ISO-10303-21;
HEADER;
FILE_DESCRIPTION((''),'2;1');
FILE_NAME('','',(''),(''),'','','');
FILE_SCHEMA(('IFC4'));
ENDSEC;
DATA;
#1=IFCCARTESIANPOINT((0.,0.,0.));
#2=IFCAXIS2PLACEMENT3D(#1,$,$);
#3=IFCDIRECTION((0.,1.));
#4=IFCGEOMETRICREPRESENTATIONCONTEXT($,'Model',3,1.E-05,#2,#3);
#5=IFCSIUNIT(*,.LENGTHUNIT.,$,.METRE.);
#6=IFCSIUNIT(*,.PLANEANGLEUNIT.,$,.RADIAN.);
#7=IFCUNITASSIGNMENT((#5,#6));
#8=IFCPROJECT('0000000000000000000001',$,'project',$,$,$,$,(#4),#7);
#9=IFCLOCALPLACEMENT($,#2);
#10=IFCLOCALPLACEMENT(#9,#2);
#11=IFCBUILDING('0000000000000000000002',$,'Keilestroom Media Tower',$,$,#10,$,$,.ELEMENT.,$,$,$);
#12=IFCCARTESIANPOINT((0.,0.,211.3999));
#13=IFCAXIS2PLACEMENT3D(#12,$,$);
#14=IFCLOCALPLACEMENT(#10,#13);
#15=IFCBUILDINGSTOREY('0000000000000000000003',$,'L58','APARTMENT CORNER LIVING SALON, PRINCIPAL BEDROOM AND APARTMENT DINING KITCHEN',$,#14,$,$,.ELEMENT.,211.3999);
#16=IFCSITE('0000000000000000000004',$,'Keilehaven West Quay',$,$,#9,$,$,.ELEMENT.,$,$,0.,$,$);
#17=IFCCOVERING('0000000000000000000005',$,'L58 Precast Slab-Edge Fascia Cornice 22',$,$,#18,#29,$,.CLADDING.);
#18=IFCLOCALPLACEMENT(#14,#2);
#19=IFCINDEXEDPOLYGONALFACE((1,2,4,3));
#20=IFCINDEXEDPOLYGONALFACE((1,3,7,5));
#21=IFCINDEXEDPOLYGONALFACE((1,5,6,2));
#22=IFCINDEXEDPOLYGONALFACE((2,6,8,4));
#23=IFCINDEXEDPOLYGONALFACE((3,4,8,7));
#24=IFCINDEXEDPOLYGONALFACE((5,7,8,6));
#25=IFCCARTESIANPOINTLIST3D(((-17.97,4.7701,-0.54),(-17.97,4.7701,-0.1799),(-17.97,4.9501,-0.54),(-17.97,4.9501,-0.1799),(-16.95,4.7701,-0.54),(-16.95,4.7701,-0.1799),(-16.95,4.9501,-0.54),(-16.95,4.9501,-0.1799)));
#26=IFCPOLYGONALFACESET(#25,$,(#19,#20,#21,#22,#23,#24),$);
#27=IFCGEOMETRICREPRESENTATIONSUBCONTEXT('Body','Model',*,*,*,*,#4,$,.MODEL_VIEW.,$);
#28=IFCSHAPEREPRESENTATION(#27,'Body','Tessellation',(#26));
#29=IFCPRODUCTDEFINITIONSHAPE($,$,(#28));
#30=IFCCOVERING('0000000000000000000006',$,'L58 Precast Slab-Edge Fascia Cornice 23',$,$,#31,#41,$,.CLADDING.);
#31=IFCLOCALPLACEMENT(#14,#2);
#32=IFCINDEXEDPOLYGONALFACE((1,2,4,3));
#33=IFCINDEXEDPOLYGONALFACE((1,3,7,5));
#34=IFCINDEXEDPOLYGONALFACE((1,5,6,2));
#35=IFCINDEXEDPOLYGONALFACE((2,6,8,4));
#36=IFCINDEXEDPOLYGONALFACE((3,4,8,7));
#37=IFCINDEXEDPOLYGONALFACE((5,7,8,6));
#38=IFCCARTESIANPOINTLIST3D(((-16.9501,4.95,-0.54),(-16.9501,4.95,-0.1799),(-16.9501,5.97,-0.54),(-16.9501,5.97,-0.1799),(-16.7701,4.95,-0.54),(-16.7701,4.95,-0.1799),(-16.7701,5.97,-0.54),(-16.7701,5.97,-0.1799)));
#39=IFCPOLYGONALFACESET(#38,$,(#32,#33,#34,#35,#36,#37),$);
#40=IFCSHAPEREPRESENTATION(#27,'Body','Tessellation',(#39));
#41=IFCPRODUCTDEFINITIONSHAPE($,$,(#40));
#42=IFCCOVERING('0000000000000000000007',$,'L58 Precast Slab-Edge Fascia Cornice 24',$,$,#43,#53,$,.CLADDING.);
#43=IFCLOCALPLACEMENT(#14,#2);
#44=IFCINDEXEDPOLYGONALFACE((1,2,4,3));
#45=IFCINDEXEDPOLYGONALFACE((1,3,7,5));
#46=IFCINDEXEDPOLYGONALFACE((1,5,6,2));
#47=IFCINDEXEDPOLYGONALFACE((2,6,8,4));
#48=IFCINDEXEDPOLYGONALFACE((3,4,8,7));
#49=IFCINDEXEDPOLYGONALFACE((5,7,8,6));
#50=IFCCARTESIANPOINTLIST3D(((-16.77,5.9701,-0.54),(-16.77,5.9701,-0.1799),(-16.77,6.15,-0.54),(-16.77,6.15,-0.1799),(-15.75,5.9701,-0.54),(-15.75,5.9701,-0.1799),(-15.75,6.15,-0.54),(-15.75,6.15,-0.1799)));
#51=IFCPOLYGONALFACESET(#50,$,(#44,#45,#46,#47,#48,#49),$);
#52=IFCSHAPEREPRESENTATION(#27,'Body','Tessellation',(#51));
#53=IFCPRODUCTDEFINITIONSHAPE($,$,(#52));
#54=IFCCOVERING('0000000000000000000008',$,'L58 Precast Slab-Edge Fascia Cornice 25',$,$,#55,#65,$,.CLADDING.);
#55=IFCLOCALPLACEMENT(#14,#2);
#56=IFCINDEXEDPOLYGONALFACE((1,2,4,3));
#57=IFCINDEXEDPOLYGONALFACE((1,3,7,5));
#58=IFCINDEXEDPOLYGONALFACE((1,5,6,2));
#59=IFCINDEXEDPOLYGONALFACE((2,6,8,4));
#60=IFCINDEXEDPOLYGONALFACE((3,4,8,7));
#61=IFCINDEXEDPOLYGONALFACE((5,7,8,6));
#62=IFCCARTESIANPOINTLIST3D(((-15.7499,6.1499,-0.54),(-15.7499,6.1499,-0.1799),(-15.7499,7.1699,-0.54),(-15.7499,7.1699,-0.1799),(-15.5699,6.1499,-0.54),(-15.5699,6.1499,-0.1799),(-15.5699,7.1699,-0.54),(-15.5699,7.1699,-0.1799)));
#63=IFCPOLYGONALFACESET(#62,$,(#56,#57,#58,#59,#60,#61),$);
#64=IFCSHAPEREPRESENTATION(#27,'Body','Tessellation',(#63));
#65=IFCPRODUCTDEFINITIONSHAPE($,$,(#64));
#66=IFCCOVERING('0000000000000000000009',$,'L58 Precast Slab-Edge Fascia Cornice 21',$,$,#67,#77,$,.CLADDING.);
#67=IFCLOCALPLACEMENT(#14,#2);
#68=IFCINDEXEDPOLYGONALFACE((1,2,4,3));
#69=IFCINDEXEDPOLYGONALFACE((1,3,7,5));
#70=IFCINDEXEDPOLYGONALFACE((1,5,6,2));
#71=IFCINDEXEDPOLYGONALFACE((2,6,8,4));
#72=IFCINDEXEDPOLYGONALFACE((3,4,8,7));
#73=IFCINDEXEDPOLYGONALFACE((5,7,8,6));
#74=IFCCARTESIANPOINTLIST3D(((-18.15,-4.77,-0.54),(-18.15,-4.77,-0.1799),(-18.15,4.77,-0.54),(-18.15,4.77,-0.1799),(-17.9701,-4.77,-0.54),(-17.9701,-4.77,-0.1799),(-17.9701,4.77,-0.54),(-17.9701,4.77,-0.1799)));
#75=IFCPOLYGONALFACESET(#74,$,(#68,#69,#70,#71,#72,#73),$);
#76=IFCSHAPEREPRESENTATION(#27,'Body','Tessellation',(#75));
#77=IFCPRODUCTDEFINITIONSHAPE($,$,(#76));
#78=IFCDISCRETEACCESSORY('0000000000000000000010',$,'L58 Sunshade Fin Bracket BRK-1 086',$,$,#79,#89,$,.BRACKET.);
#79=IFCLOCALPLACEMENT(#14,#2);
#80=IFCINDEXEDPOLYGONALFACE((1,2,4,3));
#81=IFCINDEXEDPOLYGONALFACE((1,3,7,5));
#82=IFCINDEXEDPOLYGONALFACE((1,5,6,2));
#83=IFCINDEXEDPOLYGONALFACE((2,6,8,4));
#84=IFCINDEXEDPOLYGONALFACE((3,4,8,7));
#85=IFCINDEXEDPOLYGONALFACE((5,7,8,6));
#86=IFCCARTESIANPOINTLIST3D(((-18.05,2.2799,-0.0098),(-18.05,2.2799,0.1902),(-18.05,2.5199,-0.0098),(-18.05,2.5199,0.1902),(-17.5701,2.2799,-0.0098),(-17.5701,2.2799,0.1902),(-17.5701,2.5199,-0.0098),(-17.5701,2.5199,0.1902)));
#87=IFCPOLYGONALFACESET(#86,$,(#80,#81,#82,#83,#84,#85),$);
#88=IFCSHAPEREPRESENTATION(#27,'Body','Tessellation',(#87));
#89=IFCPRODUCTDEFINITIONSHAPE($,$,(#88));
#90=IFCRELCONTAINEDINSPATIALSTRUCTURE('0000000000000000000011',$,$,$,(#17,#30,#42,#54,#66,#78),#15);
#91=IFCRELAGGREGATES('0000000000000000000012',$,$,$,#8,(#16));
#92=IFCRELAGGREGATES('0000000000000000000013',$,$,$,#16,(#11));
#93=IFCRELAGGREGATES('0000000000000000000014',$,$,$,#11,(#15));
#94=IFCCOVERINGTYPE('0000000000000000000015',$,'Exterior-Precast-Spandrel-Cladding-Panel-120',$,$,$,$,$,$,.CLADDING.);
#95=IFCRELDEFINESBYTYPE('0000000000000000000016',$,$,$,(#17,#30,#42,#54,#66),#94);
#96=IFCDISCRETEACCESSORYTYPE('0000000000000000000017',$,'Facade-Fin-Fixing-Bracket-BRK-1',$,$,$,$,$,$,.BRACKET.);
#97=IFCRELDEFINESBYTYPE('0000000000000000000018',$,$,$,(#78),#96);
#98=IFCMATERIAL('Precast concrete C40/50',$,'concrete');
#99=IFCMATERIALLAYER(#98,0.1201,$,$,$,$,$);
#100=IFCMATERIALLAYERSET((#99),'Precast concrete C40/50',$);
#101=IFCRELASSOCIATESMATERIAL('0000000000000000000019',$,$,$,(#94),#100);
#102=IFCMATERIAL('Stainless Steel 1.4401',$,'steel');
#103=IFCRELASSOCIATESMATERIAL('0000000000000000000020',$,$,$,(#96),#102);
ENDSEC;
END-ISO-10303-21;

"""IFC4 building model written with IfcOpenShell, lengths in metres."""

from ifc_helpers import new_model, si_unit, direction, frame, origin, origin_2d, place, context, subcontext, project, spatial, rectangle, extrude, source, transform, mapped, material, layer, layer_set, type_object, element, save


model = new_model("IFC4")

# Units and contexts
model_context = context("Model", 3, precision=1e-05, world=origin(), true_north=direction((0.0, 1.0)))
body_context = subcontext(model_context, "Body", "Model", "MODEL_VIEW")
ifc_project = project(units=[si_unit("LENGTHUNIT", "METRE"), si_unit("PLANEANGLEUNIT", "RADIAN")], contexts=[model_context])

# Site, building, storey
site_placement = place(None, origin())
site = spatial("IfcSite", under=ifc_project, at=site_placement, Name="Keilehaven West Quay", CompositionType="ELEMENT", RefElevation=0.0)
building_placement = place(site_placement, origin())
building = spatial("IfcBuilding", under=site, at=building_placement, Name="Keilestroom Media Tower", CompositionType="ELEMENT")
storey_placement = place(building_placement, frame((0.0, 0.0, 211.3999)))
storey = spatial("IfcBuildingStorey", under=building, at=storey_placement, Name="L58", Description="APARTMENT CORNER LIVING SALON, PRINCIPAL BEDROOM AND APARTMENT DINING KITCHEN", CompositionType="ELEMENT", Elevation=211.3999)

# Shared definitions
ifc_material_1 = material(Name="Precast concrete C40/50", Category="concrete")

# Coverings
ifc_layer_1 = layer(ifc_material_1, 0.1201)
ifc_layer_set_1 = layer_set([ifc_layer_1], Name="Precast concrete C40/50")
covering_type = type_object("IfcCoveringType", Name="Exterior-Precast-Spandrel-Cladding-Panel-120", PredefinedType="CLADDING", material=ifc_layer_set_1)
shared_shape_1 = source(origin(), body_context, "Body", "SweptSolid", [
    extrude(rectangle(XDim=1.02, YDim=0.1799, at=origin_2d()), origin(), (0.0, 0.0, 1.0), 0.3601),
])
for number, where, z_axis, x_axis, name in (
    (1, (-17.46, 4.8601, -0.54), (0.0, 0.0, 1.0), (1.0, 0.0, 0.0), "L58 Precast Slab-Edge Fascia Cornice 22"),
    (2, (-16.8601, 5.46, -0.54), (0.0, 0.0, 1.0), (0.0, 1.0, 0.0), "L58 Precast Slab-Edge Fascia Cornice 23"),
    (3, (-16.26, 6.0601, -0.54), (0.0, 0.0, 1.0), (1.0, 0.0, 0.0), "L58 Precast Slab-Edge Fascia Cornice 24"),
    (4, (-15.6599, 6.6599, -0.54), (0.0, 0.0, 1.0), (0.0, 1.0, 0.0), "L58 Precast Slab-Edge Fascia Cornice 25"),
):
    element("IfcCovering", number, at=place(storey_placement, frame(where, z_axis=z_axis, x_axis=x_axis)), inside=storey, type_object=covering_type, Name=name, PredefinedType="CLADDING", context=body_context, shape_type="MappedRepresentation", body=[
        mapped(shared_shape_1, transform((0.0, 0.0, 0.0), x_axis=(1.0, 0.0, 0.0), y_axis=(0.0, 1.0, 0.0), z_axis=(0.0, 0.0, 1.0), scale=1.0)),
    ])
shared_shape_2 = source(origin(), body_context, "Body", "SweptSolid", [
    extrude(rectangle(XDim=9.54, YDim=0.1799, at=origin_2d()), origin(), (0.0, 0.0, 1.0), 0.3601),
])
covering_placement = place(storey_placement, frame((-18.0601, 0.0, -0.54), z_axis=(0.0, 0.0, 1.0), x_axis=(0.0, 1.0, 0.0)))
element("IfcCovering", 5, at=covering_placement, inside=storey, type_object=covering_type, Name="L58 Precast Slab-Edge Fascia Cornice 21", PredefinedType="CLADDING", context=body_context, shape_type="MappedRepresentation", body=[
    mapped(shared_shape_2, transform((0.0, 0.0, 0.0), x_axis=(1.0, 0.0, 0.0), y_axis=(0.0, 1.0, 0.0), z_axis=(0.0, 0.0, 1.0), scale=1.0)),
])

# Discrete accessory
ifc_material_2 = material(Name="Stainless Steel 1.4401", Category="steel")
discrete_accessory_type = type_object("IfcDiscreteAccessoryType", Name="Facade-Fin-Fixing-Bracket-BRK-1", PredefinedType="BRACKET", material=ifc_material_2)
shared_shape_3 = source(origin(), body_context, "Body", "SweptSolid", [
    extrude(rectangle(XDim=0.48, YDim=0.24, at=origin_2d()), origin(), (0.0, 0.0, 1.0), 0.2),
])
discrete_accessory_placement = place(storey_placement, frame((-17.8101, 2.3999, -0.0098), z_axis=(0.0, 0.0, 1.0), x_axis=(1.0, 0.0, 0.0)))
element("IfcDiscreteAccessory", 6, at=discrete_accessory_placement, inside=storey, type_object=discrete_accessory_type, Name="L58 Sunshade Fin Bracket BRK-1 086", PredefinedType="BRACKET", context=body_context, shape_type="MappedRepresentation", body=[
    mapped(shared_shape_3, transform((0.0, 0.0, 0.0), x_axis=(1.0, 0.0, 0.0), y_axis=(0.0, 1.0, 0.0), z_axis=(0.0, 0.0, 1.0), scale=1.0)),
])

save(model, "model.ifc")
